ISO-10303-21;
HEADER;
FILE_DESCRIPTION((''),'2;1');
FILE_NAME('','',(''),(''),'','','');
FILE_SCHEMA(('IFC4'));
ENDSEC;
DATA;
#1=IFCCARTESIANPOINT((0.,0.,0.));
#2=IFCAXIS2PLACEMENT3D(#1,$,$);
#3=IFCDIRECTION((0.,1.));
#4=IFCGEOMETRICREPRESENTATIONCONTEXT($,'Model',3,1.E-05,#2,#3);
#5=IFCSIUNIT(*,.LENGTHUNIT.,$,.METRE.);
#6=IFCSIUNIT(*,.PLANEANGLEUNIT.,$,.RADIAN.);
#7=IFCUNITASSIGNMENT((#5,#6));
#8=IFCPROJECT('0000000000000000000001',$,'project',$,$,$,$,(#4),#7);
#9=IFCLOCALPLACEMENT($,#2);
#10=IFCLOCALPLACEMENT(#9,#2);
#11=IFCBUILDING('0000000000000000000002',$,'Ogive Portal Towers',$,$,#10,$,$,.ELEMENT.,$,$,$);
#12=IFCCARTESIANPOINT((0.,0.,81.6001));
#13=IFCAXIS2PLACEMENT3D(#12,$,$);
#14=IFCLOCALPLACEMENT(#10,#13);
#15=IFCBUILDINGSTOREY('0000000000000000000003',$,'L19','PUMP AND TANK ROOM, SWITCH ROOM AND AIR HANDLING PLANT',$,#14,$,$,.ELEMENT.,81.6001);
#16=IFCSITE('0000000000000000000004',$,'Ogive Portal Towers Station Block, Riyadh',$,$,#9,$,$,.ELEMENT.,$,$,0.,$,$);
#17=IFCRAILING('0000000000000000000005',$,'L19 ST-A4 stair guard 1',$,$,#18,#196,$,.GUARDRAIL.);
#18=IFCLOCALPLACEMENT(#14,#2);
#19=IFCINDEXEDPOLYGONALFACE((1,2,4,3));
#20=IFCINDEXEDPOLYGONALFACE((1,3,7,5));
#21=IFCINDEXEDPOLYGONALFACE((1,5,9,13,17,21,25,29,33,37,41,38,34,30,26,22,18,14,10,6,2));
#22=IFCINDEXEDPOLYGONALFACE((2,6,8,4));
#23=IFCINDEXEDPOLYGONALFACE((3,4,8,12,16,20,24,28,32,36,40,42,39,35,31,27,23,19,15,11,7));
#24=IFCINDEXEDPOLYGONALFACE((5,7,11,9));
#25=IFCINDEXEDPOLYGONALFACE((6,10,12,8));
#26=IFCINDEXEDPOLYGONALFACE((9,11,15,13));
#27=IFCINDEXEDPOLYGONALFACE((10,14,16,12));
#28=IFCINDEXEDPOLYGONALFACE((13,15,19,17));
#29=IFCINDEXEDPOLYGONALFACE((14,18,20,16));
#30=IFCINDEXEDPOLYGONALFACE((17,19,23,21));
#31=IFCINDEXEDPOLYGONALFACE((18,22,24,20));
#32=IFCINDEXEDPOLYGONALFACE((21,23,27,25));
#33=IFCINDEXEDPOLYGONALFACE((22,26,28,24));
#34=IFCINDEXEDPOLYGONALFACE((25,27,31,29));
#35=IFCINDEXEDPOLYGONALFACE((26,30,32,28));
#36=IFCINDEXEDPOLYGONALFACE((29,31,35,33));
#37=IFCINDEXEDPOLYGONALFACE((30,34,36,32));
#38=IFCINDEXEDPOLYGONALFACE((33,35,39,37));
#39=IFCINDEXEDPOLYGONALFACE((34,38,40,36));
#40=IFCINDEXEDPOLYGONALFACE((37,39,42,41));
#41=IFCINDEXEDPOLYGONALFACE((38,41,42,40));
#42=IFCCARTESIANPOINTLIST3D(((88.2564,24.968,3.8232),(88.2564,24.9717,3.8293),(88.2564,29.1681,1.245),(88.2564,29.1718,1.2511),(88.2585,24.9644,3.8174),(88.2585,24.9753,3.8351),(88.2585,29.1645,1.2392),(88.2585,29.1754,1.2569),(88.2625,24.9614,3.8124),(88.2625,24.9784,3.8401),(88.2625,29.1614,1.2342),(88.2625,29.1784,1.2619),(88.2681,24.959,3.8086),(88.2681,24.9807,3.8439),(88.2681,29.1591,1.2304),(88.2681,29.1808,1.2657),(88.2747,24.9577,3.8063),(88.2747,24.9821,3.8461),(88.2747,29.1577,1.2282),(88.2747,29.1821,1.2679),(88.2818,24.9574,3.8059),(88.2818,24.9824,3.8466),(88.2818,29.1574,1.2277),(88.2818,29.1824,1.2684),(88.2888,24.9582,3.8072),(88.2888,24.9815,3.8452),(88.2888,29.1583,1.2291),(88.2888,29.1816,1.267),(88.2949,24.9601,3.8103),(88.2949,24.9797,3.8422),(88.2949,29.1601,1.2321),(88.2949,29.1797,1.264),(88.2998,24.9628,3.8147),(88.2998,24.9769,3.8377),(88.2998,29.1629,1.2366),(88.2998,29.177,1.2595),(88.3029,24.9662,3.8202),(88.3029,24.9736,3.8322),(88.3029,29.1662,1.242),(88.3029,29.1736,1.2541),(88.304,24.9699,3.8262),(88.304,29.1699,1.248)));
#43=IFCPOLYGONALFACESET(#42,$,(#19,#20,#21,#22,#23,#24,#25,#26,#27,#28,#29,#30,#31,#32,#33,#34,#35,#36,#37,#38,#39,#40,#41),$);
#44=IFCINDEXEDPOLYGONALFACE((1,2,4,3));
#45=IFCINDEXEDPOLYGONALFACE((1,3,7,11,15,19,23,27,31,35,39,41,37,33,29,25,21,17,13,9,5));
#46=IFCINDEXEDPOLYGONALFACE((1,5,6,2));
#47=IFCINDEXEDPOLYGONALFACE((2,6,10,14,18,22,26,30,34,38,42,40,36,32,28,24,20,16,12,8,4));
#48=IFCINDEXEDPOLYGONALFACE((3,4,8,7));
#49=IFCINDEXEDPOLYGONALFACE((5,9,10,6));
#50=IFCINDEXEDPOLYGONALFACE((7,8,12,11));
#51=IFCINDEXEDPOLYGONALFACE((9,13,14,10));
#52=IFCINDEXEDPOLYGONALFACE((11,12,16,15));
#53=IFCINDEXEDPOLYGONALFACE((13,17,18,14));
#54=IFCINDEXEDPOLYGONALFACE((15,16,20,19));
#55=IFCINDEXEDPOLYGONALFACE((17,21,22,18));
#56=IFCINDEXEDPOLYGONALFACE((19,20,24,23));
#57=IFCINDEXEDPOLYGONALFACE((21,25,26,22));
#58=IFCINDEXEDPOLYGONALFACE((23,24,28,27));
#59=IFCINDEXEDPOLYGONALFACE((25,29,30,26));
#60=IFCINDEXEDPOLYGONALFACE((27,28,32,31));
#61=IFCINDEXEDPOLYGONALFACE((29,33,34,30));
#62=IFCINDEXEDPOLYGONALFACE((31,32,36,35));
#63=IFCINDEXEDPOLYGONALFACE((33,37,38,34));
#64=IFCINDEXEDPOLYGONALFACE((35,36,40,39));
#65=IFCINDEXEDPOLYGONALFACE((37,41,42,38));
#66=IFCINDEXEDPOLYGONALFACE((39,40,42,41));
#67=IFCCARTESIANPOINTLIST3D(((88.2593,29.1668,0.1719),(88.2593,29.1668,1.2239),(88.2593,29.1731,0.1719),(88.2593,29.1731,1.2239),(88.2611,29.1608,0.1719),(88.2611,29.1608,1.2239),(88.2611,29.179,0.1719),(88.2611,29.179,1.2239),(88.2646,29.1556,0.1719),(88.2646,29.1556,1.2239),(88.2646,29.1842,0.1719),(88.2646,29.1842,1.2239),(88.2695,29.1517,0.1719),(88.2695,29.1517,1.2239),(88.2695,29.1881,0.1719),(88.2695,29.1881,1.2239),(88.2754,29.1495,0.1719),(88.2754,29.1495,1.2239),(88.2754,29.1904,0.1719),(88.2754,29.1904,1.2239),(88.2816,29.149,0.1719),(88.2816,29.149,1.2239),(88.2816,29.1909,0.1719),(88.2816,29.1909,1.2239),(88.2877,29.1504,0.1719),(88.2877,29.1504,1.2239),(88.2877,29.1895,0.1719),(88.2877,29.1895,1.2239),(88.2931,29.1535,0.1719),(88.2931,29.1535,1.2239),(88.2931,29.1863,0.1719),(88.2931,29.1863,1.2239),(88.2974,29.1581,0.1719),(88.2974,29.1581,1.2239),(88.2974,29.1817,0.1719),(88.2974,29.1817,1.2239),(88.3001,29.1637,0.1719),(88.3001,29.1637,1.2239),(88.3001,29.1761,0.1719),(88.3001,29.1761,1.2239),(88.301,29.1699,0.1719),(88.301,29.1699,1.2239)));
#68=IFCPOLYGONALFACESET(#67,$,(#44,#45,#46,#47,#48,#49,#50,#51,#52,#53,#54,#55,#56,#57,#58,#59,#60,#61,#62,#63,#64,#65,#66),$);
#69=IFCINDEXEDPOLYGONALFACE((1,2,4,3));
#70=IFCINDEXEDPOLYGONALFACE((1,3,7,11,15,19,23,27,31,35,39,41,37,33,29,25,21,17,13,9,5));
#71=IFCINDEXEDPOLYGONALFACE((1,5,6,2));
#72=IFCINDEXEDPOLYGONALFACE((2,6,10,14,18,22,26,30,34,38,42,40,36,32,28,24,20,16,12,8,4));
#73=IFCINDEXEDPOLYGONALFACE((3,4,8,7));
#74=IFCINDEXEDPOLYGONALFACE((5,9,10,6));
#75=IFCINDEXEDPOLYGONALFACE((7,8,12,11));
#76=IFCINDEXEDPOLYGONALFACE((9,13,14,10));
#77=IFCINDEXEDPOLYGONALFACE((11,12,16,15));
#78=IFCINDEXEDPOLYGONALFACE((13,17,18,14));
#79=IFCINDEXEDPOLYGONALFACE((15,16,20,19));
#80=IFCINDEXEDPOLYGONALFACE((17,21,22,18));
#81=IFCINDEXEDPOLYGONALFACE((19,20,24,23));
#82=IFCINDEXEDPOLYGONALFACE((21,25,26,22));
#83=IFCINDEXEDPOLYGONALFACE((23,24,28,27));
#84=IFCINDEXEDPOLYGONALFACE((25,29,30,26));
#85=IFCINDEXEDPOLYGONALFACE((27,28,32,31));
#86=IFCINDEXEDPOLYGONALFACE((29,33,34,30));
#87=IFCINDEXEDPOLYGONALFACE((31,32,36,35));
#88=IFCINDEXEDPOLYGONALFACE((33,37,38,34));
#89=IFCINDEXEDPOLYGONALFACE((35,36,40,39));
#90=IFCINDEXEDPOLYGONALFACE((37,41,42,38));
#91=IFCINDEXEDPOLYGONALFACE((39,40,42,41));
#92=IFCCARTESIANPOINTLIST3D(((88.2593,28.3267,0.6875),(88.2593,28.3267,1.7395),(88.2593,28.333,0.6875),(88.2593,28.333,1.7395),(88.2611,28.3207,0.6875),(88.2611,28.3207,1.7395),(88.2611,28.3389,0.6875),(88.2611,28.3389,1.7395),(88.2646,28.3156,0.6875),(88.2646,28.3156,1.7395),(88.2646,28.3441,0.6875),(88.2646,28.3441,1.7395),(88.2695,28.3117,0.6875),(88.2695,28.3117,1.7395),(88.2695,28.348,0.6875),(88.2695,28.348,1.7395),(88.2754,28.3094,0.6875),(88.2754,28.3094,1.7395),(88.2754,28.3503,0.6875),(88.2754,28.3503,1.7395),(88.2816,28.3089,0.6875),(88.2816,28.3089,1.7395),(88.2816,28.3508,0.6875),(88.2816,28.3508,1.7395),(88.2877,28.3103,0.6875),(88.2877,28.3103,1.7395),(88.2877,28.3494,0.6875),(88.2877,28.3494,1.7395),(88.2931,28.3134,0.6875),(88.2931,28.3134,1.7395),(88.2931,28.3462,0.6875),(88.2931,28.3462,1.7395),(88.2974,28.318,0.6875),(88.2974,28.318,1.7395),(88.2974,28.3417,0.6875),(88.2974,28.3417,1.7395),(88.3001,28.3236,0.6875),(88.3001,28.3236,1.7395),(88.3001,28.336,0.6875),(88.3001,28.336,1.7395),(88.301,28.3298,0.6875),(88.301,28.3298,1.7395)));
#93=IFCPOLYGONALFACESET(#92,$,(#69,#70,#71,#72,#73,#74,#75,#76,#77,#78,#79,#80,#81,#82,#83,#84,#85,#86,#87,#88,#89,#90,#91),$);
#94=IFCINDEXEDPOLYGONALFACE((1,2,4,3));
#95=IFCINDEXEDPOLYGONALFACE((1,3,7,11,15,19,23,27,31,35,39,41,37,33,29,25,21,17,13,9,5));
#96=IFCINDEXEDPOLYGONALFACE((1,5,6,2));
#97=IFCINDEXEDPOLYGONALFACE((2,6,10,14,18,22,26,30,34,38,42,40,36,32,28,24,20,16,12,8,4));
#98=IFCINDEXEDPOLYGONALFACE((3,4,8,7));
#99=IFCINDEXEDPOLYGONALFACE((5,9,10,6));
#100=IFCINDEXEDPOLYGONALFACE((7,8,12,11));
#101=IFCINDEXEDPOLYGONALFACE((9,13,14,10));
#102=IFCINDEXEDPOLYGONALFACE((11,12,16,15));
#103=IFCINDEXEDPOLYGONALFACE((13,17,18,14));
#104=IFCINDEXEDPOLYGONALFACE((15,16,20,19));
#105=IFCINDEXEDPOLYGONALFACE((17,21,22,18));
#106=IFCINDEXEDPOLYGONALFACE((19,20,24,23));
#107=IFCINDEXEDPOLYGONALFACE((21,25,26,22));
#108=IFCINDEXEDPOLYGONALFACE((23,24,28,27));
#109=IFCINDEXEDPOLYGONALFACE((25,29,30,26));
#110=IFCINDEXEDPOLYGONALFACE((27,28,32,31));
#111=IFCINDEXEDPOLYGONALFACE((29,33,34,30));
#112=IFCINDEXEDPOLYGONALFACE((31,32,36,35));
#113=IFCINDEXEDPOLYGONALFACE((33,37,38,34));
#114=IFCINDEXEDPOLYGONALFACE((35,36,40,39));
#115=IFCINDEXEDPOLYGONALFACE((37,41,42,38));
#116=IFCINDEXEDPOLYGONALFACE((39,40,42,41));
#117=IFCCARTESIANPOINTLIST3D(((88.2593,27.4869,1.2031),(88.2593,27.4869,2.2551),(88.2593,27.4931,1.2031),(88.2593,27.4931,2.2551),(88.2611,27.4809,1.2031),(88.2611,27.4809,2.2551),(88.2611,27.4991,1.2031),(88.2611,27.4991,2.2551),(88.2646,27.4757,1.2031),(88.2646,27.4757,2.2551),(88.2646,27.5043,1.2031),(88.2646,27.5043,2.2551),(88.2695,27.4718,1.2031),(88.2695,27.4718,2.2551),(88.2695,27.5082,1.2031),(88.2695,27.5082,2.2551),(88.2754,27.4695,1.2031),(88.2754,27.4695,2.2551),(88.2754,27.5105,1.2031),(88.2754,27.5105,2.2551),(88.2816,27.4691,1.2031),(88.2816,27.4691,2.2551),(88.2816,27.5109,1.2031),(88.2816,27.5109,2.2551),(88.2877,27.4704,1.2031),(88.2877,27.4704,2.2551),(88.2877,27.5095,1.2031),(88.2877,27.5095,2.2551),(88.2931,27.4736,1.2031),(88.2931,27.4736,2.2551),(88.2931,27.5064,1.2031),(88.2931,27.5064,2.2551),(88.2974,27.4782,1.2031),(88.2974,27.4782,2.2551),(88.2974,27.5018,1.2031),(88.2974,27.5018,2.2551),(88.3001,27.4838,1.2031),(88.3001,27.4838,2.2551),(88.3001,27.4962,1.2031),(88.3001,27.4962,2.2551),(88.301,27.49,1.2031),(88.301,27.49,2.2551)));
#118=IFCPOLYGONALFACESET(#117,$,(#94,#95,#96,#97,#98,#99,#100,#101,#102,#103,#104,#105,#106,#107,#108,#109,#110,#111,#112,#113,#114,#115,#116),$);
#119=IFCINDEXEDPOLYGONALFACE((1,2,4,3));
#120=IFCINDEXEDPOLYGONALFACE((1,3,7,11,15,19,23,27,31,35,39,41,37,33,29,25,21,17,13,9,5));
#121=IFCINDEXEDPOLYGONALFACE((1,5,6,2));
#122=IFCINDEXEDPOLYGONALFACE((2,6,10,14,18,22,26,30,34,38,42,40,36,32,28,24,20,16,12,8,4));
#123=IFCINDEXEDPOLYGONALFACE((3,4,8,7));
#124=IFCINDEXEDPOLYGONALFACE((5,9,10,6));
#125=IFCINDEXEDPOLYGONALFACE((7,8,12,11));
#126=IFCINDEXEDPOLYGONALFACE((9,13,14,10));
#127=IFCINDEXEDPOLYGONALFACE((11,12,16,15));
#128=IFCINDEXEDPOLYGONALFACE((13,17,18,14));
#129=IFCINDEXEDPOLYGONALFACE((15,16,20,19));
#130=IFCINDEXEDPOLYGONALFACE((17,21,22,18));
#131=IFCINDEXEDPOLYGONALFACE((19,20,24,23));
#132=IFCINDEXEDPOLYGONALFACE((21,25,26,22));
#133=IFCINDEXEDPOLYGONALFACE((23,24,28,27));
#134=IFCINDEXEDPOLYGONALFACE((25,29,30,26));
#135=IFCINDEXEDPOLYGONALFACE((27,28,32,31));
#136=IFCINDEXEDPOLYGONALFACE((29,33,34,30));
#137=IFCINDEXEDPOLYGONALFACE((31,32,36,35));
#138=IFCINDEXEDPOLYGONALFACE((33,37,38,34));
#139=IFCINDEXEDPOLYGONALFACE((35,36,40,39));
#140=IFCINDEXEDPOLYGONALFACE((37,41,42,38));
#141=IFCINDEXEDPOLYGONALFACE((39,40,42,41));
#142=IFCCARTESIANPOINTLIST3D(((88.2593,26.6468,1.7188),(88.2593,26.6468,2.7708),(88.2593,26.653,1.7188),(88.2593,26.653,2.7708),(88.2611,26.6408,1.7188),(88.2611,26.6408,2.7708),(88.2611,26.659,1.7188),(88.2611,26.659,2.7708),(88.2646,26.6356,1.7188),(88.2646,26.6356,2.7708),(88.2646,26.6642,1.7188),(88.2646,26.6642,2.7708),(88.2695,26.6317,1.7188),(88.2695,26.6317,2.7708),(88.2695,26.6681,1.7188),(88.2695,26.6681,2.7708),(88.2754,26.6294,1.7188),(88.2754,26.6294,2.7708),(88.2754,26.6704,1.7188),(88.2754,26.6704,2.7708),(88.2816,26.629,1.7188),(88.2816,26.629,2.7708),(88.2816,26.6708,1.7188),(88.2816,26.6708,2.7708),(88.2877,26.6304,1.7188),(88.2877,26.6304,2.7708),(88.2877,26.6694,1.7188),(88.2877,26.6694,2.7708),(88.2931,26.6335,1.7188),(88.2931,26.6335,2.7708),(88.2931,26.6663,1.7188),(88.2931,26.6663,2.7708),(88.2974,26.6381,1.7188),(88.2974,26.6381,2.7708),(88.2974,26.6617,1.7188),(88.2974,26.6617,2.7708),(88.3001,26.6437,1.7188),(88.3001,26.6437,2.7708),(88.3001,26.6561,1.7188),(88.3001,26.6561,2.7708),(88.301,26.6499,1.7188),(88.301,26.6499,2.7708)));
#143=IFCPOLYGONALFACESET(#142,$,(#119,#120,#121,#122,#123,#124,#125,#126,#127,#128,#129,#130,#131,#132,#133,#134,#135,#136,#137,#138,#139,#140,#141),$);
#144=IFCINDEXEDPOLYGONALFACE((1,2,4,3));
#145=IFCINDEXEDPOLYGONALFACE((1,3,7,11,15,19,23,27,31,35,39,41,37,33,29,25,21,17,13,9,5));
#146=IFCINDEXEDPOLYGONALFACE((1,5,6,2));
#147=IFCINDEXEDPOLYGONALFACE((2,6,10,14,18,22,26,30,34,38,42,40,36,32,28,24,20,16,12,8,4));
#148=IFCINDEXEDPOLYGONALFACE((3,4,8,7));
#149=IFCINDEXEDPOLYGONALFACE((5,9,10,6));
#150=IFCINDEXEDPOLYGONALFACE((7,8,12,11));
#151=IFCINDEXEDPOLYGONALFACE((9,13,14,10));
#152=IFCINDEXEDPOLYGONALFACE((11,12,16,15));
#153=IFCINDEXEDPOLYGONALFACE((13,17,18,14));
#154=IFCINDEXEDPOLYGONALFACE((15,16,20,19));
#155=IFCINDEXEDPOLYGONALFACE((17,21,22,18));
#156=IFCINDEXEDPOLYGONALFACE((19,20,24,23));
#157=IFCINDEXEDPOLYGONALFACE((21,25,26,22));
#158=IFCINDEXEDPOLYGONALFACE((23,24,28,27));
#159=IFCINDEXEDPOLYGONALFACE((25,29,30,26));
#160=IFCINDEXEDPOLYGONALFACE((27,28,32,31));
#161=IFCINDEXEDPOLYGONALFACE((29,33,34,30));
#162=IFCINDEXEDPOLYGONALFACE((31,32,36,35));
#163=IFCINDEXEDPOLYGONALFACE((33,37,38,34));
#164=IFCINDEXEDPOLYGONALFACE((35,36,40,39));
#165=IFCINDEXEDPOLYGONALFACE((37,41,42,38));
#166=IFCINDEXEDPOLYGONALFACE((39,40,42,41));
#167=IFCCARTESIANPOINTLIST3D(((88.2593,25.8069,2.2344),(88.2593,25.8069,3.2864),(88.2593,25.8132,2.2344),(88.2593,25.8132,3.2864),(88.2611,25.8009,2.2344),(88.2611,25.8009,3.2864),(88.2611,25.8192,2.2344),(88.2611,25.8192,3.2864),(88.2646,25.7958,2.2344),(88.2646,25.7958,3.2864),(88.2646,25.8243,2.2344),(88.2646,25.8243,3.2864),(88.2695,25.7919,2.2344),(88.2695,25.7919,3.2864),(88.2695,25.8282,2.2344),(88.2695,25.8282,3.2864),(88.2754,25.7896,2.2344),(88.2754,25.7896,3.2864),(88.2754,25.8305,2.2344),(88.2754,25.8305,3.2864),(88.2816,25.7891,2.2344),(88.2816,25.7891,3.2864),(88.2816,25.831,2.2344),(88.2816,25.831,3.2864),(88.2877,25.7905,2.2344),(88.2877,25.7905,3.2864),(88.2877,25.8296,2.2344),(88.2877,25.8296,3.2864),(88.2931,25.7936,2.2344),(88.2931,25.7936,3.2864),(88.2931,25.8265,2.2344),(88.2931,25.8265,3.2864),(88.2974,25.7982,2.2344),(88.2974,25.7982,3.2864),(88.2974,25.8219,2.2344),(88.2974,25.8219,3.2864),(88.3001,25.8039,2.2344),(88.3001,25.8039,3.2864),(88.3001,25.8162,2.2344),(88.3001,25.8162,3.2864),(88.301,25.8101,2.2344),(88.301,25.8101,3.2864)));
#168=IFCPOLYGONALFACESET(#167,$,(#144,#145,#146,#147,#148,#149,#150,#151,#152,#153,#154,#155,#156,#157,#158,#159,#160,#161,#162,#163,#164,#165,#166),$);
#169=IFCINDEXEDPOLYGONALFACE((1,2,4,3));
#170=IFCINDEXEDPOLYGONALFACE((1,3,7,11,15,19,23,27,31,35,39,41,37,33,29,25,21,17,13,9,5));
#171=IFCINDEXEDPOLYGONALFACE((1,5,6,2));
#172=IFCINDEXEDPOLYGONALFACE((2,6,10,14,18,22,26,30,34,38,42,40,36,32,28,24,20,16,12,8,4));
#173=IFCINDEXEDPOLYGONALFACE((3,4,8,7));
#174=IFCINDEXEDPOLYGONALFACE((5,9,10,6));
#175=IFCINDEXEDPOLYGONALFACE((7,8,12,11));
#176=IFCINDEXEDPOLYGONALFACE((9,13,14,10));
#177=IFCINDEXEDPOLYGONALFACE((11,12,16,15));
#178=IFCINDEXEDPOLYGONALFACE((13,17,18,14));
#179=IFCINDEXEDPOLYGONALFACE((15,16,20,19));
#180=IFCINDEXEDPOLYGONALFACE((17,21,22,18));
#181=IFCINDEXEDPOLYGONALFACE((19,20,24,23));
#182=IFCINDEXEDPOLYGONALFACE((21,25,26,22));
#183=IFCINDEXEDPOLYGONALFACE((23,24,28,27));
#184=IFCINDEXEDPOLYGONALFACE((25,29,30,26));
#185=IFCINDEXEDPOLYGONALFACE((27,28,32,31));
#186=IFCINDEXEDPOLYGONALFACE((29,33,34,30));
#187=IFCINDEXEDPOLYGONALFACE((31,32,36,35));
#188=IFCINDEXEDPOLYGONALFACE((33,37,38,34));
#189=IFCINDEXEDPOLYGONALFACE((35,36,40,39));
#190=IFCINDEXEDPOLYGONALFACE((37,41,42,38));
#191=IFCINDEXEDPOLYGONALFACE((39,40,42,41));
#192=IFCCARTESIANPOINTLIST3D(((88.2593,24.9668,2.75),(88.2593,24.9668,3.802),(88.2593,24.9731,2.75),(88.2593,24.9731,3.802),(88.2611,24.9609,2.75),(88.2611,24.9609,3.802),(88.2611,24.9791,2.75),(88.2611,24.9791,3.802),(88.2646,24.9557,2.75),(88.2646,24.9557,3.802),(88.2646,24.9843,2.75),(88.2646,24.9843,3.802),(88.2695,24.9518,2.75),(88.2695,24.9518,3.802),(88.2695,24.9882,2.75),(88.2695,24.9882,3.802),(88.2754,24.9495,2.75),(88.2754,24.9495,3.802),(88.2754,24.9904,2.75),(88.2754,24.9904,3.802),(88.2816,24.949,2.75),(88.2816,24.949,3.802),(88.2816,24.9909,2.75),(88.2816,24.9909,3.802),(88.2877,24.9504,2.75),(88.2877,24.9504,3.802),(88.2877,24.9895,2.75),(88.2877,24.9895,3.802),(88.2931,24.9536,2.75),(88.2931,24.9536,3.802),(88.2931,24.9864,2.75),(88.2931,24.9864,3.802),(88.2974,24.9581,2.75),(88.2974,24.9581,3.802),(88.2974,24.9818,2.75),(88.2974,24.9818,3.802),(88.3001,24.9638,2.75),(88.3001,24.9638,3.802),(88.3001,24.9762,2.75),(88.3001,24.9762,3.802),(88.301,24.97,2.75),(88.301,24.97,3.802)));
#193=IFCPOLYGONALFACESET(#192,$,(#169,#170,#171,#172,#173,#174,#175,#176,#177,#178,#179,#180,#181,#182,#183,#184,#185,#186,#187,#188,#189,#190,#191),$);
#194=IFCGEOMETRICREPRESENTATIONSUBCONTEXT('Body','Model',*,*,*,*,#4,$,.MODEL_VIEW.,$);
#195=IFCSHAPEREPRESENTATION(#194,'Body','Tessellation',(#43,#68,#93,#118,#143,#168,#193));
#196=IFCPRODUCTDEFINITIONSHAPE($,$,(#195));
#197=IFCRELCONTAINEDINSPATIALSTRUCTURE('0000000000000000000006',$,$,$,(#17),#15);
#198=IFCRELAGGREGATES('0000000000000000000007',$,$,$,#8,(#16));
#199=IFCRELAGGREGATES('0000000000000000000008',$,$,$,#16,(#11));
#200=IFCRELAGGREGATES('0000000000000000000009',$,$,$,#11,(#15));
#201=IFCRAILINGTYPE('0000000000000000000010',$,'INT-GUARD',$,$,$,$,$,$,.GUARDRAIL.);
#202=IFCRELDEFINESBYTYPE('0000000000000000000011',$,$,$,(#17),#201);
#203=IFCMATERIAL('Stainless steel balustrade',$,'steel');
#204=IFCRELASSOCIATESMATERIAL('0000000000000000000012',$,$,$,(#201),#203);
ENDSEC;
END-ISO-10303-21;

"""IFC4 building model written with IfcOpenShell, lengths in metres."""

from ifc_helpers import new_model, si_unit, direction, frame, origin, origin_2d, place, context, subcontext, project, spatial, circle, extrude, material, type_object, element, save


model = new_model("IFC4")

# Units and contexts
model_context = context("Model", 3, precision=1e-05, world=origin(), true_north=direction((0.0, 1.0)))
body_context = subcontext(model_context, "Body", "Model", "MODEL_VIEW")
ifc_project = project(units=[si_unit("LENGTHUNIT", "METRE"), si_unit("PLANEANGLEUNIT", "RADIAN")], contexts=[model_context])

# Site, building, storey
site_placement = place(None, origin())
site = spatial("IfcSite", under=ifc_project, at=site_placement, Name="Ogive Portal Towers Station Block, Riyadh", CompositionType="ELEMENT", RefElevation=0.0)
building_placement = place(site_placement, origin())
building = spatial("IfcBuilding", under=site, at=building_placement, Name="Ogive Portal Towers", CompositionType="ELEMENT")
storey_placement = place(building_placement, frame((0.0, 0.0, 81.6001)))
storey = spatial("IfcBuildingStorey", under=building, at=storey_placement, Name="L19", Description="PUMP AND TANK ROOM, SWITCH ROOM AND AIR HANDLING PLANT", CompositionType="ELEMENT", Elevation=81.6001)

# Railing
ifc_material_1 = material(Name="Stainless steel balustrade", Category="steel")
railing_type_1 = type_object("IfcRailingType", Name="INT-GUARD", PredefinedType="GUARDRAIL", material=ifc_material_1)
railing_1_placement = place(storey_placement, frame((88.28, 29.1699, 0.1719)))
element("IfcRailing", 1, at=railing_1_placement, inside=storey, type_object=railing_type_1, Name="L19 ST-A4 stair guard 1", PredefinedType="GUARDRAIL", context=body_context, shape_type="SweptSolid", body=[
    extrude(circle(Radius=0.0239, at=origin_2d()), frame((0.0, 0.0, 1.0762), z_axis=(0.0, -0.852243, 0.523146), x_axis=(1.0, 0.0, 0.0)), (0.0, 0.0, 1.0), 4.9282),
    extrude(circle(Radius=0.021, at=origin_2d()), origin(), (0.0, 0.0, 1.0), 1.052),
    extrude(circle(Radius=0.021, at=origin_2d()), frame((0.0, -0.8401, 0.5156)), (0.0, 0.0, 1.0), 1.052),
    extrude(circle(Radius=0.021, at=origin_2d()), frame((0.0, -1.6799, 1.0312)), (0.0, 0.0, 1.0), 1.052),
    extrude(circle(Radius=0.021, at=origin_2d()), frame((0.0, -2.52, 1.5469)), (0.0, 0.0, 1.0), 1.052),
    extrude(circle(Radius=0.021, at=origin_2d()), frame((0.0, -3.3599, 2.0625)), (0.0, 0.0, 1.0), 1.052),
    extrude(circle(Radius=0.021, at=origin_2d()), frame((0.0, -4.2, 2.5781)), (0.0, 0.0, 1.0), 1.052),
])

save(model, "model.ifc")
